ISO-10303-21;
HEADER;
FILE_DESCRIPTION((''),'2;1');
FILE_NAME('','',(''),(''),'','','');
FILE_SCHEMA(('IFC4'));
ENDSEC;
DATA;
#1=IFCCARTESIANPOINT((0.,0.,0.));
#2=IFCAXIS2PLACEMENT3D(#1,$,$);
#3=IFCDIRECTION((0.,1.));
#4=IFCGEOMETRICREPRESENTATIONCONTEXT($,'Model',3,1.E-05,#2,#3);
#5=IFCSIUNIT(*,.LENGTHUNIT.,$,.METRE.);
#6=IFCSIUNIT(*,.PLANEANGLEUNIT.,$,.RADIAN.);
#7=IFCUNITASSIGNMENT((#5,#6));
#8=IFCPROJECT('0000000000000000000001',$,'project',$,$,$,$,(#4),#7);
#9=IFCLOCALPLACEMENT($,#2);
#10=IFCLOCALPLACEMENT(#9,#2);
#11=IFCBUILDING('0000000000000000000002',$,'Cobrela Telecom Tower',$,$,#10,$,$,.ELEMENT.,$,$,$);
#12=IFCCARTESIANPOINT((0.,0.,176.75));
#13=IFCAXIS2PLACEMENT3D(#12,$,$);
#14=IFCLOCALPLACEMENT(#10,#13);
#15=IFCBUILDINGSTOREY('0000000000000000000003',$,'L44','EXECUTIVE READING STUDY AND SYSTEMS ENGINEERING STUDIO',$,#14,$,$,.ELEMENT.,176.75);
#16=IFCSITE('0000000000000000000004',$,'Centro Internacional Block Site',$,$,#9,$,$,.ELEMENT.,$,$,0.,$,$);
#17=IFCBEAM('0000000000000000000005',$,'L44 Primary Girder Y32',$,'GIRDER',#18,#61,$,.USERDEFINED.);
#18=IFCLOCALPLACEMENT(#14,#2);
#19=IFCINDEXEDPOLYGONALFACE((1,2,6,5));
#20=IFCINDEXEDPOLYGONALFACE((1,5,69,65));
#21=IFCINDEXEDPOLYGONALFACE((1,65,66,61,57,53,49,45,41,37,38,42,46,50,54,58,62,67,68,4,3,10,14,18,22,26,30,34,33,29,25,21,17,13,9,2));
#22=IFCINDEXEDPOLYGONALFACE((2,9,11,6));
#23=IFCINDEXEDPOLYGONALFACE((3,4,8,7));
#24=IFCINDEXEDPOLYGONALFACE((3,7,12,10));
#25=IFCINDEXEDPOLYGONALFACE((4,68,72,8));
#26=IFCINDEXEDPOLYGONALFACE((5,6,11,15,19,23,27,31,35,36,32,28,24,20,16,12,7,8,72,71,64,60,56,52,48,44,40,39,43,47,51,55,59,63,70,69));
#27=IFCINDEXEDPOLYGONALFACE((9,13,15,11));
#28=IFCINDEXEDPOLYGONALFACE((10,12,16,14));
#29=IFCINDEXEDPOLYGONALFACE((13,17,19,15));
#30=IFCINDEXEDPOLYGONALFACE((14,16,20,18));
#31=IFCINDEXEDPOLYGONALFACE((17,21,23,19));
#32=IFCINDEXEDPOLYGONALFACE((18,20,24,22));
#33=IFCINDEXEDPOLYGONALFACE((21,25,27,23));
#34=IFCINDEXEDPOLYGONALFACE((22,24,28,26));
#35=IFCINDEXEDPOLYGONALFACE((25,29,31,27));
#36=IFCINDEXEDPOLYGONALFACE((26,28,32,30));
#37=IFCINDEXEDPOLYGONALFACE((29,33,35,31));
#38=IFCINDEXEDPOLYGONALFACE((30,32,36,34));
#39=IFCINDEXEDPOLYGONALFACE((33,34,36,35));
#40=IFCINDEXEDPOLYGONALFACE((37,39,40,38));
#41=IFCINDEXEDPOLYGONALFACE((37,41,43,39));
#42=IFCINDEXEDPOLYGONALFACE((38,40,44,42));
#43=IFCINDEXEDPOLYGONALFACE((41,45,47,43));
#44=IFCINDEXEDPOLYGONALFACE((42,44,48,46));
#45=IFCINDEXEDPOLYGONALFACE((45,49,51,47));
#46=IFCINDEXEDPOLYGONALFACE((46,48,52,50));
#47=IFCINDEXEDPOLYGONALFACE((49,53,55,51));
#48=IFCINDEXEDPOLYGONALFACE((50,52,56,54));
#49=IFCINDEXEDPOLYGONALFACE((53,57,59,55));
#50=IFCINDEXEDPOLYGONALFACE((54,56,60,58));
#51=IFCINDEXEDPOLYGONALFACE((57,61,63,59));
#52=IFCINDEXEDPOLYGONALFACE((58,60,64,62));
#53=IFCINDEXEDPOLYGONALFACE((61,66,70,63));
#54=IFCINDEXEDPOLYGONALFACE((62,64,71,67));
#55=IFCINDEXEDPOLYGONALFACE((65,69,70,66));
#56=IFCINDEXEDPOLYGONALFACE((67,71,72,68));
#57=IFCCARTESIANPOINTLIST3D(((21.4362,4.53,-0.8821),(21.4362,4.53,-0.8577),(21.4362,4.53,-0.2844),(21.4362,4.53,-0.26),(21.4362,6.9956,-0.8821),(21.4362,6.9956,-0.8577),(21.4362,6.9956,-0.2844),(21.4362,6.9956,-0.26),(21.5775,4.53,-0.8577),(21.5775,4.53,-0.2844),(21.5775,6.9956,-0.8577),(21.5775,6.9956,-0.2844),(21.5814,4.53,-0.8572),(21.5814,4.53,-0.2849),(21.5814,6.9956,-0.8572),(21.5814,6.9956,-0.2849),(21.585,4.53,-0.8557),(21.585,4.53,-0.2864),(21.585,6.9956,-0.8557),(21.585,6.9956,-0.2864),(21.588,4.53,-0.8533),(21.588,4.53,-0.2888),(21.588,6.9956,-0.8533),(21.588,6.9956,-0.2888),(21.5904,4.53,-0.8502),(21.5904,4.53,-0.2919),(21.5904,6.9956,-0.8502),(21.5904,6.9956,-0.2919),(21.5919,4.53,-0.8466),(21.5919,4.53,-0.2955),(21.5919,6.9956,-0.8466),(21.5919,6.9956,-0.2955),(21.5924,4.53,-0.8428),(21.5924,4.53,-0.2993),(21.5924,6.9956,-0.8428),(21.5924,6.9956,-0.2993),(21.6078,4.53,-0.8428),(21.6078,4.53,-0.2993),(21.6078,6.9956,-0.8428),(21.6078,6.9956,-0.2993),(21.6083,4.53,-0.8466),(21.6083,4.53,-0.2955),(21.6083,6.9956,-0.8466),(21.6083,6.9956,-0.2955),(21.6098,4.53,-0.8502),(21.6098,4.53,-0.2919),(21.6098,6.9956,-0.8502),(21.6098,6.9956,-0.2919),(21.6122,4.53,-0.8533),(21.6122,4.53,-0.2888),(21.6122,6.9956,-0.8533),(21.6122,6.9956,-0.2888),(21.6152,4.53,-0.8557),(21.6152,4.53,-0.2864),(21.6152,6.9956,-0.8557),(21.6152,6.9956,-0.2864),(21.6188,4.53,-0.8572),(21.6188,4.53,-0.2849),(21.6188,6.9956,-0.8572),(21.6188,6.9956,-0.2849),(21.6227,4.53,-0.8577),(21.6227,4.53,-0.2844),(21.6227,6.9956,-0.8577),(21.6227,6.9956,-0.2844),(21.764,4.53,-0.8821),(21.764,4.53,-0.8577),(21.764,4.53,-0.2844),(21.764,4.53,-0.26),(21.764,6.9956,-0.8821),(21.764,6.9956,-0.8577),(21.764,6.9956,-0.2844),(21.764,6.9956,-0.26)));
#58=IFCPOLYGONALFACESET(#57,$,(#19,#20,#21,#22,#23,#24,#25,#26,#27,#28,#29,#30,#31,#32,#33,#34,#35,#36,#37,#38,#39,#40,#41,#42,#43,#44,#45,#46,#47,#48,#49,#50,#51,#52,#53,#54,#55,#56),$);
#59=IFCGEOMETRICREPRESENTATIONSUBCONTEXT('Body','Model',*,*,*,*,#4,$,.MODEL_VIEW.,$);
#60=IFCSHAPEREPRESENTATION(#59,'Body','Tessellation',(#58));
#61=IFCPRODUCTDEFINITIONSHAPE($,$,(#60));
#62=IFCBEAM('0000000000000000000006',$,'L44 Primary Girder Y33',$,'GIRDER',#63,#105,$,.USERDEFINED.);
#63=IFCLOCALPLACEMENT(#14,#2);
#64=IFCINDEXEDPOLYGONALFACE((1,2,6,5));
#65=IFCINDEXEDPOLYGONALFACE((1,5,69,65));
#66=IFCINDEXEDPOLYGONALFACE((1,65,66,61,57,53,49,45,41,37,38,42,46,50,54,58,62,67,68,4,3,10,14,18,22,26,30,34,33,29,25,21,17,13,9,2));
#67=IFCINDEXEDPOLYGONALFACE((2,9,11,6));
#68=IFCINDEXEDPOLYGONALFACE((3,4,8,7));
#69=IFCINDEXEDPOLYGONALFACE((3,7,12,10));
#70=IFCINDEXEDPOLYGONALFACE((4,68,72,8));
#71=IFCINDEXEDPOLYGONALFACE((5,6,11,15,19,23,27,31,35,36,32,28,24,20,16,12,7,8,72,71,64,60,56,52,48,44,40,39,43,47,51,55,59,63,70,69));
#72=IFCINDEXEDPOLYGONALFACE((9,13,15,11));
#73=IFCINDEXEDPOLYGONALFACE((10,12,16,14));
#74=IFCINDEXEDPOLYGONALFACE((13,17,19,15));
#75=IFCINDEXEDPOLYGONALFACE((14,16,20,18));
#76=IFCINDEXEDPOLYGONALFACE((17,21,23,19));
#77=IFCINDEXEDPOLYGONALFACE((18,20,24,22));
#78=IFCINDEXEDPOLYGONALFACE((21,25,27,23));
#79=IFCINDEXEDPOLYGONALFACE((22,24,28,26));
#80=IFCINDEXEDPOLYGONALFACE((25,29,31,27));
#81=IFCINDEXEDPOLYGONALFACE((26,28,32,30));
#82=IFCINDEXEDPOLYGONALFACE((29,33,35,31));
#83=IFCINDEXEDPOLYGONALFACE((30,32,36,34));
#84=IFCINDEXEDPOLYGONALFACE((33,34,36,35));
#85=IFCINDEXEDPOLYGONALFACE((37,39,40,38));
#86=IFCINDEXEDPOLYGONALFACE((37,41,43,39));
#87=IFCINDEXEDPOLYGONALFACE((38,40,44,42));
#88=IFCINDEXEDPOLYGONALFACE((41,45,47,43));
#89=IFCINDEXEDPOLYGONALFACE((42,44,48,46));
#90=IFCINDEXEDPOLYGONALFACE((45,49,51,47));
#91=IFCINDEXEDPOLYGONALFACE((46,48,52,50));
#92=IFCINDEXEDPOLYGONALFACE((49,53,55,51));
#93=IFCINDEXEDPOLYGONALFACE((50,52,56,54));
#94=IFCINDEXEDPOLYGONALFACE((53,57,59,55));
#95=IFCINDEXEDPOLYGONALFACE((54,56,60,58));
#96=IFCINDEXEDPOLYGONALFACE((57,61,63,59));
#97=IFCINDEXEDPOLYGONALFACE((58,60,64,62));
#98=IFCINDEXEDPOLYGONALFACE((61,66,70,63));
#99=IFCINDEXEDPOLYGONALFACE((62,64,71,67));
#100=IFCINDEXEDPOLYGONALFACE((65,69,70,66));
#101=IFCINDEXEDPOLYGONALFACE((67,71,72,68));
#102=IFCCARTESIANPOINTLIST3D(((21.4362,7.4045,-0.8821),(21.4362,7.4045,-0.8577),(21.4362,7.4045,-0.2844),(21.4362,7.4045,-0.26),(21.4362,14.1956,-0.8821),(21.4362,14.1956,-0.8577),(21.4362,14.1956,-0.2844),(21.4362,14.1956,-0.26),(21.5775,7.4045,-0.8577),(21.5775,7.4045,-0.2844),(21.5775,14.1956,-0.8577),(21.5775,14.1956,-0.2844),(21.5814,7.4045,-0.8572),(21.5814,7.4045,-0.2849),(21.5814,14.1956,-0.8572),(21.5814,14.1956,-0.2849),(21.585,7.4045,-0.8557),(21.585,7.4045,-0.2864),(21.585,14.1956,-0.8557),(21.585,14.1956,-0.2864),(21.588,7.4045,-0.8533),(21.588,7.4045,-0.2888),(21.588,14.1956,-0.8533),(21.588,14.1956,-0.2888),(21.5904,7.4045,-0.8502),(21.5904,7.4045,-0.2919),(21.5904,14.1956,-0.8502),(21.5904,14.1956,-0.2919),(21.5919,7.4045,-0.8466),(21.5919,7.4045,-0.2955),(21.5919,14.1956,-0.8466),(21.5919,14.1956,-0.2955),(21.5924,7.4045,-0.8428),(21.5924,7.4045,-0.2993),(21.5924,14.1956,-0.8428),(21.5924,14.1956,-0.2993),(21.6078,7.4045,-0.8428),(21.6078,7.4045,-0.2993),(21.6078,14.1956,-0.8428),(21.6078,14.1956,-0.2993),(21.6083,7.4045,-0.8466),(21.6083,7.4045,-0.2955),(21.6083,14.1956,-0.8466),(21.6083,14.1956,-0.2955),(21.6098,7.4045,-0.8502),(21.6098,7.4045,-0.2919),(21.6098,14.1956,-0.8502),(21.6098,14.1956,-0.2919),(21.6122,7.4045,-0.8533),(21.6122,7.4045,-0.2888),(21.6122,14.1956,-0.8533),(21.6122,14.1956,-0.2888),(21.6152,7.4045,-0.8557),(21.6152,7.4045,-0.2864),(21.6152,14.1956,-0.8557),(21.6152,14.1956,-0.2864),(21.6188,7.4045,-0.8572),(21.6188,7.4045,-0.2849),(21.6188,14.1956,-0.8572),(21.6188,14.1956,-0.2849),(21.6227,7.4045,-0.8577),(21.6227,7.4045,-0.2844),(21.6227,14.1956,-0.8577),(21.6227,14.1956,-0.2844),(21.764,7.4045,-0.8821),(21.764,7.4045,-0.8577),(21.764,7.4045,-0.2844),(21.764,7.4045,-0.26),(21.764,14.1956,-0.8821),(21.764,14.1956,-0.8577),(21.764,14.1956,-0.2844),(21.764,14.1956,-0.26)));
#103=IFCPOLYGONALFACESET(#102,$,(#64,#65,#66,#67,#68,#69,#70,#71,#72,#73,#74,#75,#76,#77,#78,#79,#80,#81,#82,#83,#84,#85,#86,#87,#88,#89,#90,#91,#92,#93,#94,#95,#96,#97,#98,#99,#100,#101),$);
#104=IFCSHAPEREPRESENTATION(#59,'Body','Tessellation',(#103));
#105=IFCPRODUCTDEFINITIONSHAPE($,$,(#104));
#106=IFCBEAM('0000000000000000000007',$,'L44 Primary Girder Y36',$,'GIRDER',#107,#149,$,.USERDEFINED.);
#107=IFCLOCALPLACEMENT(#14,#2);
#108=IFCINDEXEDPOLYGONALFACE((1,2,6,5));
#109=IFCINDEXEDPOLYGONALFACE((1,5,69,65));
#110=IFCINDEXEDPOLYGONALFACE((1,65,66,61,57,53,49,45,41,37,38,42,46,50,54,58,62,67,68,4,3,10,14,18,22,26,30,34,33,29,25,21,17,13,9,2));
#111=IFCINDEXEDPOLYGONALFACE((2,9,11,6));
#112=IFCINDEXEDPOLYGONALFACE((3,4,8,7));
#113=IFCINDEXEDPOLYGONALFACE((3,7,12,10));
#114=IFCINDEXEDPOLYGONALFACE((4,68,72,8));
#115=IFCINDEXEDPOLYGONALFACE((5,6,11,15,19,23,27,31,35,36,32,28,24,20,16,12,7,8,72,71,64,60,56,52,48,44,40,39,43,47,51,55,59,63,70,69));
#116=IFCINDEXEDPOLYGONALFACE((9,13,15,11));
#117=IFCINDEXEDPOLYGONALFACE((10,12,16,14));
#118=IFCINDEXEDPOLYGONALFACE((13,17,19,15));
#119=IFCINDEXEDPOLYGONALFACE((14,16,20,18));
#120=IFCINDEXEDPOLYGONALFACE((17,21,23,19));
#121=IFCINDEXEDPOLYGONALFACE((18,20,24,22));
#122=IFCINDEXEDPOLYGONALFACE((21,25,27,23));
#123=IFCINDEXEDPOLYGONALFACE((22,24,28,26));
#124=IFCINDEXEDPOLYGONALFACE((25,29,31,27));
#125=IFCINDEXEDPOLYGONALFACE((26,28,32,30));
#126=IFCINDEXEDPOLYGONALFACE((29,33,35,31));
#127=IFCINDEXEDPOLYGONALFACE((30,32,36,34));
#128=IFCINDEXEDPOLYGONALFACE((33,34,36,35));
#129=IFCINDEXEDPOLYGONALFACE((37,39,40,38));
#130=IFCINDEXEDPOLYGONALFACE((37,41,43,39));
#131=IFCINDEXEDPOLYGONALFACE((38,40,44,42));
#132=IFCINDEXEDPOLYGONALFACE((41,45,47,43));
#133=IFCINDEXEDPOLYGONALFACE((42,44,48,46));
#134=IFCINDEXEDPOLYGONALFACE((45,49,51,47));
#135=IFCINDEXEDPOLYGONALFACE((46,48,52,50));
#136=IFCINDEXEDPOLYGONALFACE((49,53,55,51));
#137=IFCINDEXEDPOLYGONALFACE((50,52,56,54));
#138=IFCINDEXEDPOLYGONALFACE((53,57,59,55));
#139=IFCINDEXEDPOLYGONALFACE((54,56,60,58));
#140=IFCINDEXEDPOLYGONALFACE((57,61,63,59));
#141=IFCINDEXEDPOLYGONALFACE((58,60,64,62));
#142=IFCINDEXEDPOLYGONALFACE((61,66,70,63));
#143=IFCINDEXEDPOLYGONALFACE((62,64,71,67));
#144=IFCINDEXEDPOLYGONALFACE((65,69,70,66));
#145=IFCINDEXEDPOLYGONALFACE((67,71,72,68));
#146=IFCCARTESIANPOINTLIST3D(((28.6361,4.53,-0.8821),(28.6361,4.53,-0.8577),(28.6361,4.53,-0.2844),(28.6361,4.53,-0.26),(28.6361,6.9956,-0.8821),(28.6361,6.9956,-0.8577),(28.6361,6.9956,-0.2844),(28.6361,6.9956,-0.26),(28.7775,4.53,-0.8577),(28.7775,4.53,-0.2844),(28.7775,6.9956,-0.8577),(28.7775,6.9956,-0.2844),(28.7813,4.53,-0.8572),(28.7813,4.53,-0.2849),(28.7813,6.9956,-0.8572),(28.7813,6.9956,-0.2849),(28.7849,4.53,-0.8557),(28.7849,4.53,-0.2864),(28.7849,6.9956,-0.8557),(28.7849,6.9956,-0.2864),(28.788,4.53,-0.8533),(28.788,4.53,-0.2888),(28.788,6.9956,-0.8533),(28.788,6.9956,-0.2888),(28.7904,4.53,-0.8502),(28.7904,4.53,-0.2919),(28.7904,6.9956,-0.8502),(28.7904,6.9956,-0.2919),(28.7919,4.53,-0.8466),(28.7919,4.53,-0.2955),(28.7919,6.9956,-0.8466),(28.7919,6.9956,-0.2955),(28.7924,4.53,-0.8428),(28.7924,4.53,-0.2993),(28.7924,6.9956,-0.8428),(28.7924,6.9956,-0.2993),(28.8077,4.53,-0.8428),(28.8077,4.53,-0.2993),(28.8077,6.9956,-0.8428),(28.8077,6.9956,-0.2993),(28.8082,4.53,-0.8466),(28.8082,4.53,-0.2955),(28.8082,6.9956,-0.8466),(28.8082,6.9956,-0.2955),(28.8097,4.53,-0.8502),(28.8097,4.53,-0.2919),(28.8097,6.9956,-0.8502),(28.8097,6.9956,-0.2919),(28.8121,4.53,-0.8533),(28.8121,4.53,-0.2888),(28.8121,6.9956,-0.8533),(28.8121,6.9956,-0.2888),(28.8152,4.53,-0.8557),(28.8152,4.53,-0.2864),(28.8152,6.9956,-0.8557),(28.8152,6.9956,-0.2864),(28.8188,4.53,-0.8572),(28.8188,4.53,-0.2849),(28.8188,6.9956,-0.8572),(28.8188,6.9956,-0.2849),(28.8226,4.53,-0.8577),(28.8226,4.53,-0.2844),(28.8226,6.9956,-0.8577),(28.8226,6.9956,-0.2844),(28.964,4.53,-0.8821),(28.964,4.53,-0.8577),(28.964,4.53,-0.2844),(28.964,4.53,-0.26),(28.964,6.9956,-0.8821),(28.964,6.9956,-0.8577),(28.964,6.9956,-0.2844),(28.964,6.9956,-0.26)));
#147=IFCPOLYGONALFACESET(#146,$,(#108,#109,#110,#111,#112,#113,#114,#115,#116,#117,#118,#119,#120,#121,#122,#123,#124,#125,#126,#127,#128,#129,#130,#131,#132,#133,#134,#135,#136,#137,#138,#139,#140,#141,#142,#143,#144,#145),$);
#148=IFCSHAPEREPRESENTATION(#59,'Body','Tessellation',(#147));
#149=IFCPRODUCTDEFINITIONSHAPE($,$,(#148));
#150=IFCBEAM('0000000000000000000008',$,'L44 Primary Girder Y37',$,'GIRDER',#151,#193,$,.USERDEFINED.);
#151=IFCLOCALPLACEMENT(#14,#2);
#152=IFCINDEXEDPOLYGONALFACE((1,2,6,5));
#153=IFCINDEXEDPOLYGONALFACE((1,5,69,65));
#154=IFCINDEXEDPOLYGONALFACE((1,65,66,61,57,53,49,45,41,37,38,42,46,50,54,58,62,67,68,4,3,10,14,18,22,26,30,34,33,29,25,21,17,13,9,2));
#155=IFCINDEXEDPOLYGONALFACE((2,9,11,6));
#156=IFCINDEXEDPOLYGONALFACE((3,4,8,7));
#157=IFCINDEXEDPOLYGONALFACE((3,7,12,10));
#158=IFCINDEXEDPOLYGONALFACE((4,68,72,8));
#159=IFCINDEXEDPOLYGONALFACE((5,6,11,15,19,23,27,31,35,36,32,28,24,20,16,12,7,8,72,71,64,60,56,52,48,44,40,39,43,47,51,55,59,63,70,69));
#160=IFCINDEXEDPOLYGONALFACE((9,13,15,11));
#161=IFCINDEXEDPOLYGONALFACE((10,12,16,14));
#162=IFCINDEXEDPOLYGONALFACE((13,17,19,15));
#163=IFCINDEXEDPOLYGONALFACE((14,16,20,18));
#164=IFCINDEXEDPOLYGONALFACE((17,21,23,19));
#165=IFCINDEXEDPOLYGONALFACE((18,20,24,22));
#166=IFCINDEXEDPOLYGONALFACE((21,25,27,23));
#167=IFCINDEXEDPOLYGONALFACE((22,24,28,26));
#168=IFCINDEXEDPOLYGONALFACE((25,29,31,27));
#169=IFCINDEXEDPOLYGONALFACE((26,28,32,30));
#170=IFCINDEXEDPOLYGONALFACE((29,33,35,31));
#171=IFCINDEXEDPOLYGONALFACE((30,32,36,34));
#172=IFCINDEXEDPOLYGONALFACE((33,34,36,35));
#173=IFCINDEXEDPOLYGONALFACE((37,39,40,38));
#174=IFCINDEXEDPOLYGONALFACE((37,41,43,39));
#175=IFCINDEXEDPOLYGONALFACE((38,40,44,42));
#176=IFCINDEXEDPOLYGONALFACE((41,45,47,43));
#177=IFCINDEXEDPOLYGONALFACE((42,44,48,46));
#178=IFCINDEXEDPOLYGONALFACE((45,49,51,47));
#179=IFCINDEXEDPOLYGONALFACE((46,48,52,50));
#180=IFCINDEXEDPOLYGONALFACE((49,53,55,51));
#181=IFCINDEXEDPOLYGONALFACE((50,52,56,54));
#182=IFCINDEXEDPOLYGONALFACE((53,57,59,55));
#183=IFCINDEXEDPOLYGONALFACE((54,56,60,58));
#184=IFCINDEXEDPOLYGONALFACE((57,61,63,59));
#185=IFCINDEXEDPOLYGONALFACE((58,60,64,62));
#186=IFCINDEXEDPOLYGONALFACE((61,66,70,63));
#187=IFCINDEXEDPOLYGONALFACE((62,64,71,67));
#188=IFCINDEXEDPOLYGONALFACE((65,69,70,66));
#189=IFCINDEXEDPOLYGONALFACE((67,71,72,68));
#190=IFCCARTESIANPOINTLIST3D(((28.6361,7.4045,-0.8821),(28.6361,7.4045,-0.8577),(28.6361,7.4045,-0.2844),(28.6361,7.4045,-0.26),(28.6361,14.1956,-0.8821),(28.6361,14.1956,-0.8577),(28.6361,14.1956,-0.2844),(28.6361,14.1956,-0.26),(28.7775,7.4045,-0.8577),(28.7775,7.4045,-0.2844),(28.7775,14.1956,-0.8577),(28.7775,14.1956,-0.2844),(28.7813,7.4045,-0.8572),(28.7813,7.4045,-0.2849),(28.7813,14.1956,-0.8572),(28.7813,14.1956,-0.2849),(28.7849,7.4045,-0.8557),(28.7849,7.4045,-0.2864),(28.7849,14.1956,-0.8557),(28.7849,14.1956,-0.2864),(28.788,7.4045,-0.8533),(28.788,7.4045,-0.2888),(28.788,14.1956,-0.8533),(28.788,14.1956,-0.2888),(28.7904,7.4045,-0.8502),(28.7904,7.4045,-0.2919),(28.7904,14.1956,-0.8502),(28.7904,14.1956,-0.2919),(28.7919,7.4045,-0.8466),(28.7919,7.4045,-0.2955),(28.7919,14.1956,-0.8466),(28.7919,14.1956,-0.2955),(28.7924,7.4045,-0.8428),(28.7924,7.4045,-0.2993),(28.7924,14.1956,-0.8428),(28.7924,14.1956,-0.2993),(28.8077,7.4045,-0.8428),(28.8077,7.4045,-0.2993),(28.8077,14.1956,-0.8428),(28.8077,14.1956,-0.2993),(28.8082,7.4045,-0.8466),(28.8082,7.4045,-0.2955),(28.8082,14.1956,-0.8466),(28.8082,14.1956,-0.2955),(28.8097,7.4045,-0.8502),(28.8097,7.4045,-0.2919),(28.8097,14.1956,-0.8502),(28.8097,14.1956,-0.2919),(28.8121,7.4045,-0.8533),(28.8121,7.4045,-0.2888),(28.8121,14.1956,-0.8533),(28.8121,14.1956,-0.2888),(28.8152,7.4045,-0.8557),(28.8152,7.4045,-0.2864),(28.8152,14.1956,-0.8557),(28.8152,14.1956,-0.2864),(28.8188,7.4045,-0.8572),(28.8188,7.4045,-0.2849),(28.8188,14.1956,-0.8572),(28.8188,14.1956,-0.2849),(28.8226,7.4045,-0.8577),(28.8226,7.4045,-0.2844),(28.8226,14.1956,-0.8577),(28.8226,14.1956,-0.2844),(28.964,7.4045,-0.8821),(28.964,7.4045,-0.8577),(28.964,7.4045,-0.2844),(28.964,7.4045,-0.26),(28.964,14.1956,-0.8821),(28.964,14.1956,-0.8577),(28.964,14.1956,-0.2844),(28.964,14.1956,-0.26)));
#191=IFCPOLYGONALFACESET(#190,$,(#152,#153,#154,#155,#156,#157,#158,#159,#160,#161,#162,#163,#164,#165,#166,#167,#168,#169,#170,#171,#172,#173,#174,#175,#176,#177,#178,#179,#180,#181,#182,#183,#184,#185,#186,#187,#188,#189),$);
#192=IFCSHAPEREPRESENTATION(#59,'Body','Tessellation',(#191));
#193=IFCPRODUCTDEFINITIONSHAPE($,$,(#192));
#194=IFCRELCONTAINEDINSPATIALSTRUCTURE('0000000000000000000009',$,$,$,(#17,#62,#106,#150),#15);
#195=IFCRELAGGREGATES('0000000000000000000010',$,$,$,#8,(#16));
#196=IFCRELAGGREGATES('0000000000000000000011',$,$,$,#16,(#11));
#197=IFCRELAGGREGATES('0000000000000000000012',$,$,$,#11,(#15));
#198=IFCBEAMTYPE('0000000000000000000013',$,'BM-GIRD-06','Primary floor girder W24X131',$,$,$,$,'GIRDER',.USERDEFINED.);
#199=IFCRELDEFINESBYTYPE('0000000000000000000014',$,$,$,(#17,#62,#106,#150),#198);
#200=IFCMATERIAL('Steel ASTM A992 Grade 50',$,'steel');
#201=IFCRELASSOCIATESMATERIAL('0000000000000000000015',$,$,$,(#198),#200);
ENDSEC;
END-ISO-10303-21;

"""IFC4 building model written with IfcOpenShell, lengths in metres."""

from ifc_helpers import new_model, si_unit, direction, frame, origin, origin_2d, place, context, subcontext, project, spatial, i_section, extrude, material, material_profile, profile_set, type_object, element, save


model = new_model("IFC4")

# Units and contexts
model_context = context("Model", 3, precision=1e-05, world=origin(), true_north=direction((0.0, 1.0)))
body_context = subcontext(model_context, "Body", "Model", "MODEL_VIEW")
ifc_project = project(units=[si_unit("LENGTHUNIT", "METRE"), si_unit("PLANEANGLEUNIT", "RADIAN")], contexts=[model_context])

# Site, building, storey
site_placement = place(None, origin())
site = spatial("IfcSite", under=ifc_project, at=site_placement, Name="Centro Internacional Block Site", CompositionType="ELEMENT", RefElevation=0.0)
building_placement = place(site_placement, origin())
building = spatial("IfcBuilding", under=site, at=building_placement, Name="Cobrela Telecom Tower", CompositionType="ELEMENT")
storey_placement = place(building_placement, frame((0.0, 0.0, 176.75)))
storey = spatial("IfcBuildingStorey", under=building, at=storey_placement, Name="L44", Description="EXECUTIVE READING STUDY AND SYSTEMS ENGINEERING STUDIO", CompositionType="ELEMENT", Elevation=176.75)

# Shared definitions
ifc_material_1 = material(Name="Steel ASTM A992 Grade 50", Category="steel")

# Beams
ifc_material_profile_1 = material_profile(ifc_material_1, i_section(OverallWidth=0.3279, OverallDepth=0.6221, WebThickness=0.0154, FlangeThickness=0.0244, FilletRadius=0.0149, at=origin_2d()), Name="W24X131")
ifc_profile_set_1 = profile_set([ifc_material_profile_1], Name="Steel ASTM A992 Grade 50")
beam_type_1 = type_object("IfcBeamType", Name="BM-GIRD-06", Description="Primary floor girder W24X131", ElementType="GIRDER", PredefinedType="USERDEFINED", material=ifc_profile_set_1)
beam_1_placement = place(storey_placement, frame((21.6001, 4.53, -0.571), z_axis=(0.0, 1.0, 0.0), x_axis=(-1.0, 0.0, 0.0)))
element("IfcBeam", 1, at=beam_1_placement, inside=storey, type_object=beam_type_1, Name="L44 Primary Girder Y32", ObjectType="GIRDER", PredefinedType="USERDEFINED", context=body_context, shape_type="SweptSolid", body=[
    extrude(i_section(OverallWidth=0.3279, OverallDepth=0.6221, WebThickness=0.0154, FlangeThickness=0.0244, FilletRadius=0.0149, at=origin_2d()), origin(), (0.0, 0.0, 1.0), 2.4656),
])
beam_2_placement = place(storey_placement, frame((21.6001, 7.4045, -0.571), z_axis=(0.0, 1.0, 0.0), x_axis=(-1.0, 0.0, 0.0)))
element("IfcBeam", 2, at=beam_2_placement, inside=storey, type_object=beam_type_1, Name="L44 Primary Girder Y33", ObjectType="GIRDER", PredefinedType="USERDEFINED", context=body_context, shape_type="SweptSolid", body=[
    extrude(i_section(OverallWidth=0.3279, OverallDepth=0.6221, WebThickness=0.0154, FlangeThickness=0.0244, FilletRadius=0.0149, at=origin_2d()), origin(), (0.0, 0.0, 1.0), 6.791),
])
beam_3_placement = place(storey_placement, frame((28.8, 4.53, -0.571), z_axis=(0.0, 1.0, 0.0), x_axis=(-1.0, 0.0, 0.0)))
element("IfcBeam", 3, at=beam_3_placement, inside=storey, type_object=beam_type_1, Name="L44 Primary Girder Y36", ObjectType="GIRDER", PredefinedType="USERDEFINED", context=body_context, shape_type="SweptSolid", body=[
    extrude(i_section(OverallWidth=0.3279, OverallDepth=0.6221, WebThickness=0.0154, FlangeThickness=0.0244, FilletRadius=0.0149, at=origin_2d()), origin(), (0.0, 0.0, 1.0), 2.4656),
])
beam_4_placement = place(storey_placement, frame((28.8, 7.4045, -0.571), z_axis=(0.0, 1.0, 0.0), x_axis=(-1.0, 0.0, 0.0)))
element("IfcBeam", 4, at=beam_4_placement, inside=storey, type_object=beam_type_1, Name="L44 Primary Girder Y37", ObjectType="GIRDER", PredefinedType="USERDEFINED", context=body_context, shape_type="SweptSolid", body=[
    extrude(i_section(OverallWidth=0.3279, OverallDepth=0.6221, WebThickness=0.0154, FlangeThickness=0.0244, FilletRadius=0.0149, at=origin_2d()), origin(), (0.0, 0.0, 1.0), 6.791),
])

save(model, "model.ifc")
